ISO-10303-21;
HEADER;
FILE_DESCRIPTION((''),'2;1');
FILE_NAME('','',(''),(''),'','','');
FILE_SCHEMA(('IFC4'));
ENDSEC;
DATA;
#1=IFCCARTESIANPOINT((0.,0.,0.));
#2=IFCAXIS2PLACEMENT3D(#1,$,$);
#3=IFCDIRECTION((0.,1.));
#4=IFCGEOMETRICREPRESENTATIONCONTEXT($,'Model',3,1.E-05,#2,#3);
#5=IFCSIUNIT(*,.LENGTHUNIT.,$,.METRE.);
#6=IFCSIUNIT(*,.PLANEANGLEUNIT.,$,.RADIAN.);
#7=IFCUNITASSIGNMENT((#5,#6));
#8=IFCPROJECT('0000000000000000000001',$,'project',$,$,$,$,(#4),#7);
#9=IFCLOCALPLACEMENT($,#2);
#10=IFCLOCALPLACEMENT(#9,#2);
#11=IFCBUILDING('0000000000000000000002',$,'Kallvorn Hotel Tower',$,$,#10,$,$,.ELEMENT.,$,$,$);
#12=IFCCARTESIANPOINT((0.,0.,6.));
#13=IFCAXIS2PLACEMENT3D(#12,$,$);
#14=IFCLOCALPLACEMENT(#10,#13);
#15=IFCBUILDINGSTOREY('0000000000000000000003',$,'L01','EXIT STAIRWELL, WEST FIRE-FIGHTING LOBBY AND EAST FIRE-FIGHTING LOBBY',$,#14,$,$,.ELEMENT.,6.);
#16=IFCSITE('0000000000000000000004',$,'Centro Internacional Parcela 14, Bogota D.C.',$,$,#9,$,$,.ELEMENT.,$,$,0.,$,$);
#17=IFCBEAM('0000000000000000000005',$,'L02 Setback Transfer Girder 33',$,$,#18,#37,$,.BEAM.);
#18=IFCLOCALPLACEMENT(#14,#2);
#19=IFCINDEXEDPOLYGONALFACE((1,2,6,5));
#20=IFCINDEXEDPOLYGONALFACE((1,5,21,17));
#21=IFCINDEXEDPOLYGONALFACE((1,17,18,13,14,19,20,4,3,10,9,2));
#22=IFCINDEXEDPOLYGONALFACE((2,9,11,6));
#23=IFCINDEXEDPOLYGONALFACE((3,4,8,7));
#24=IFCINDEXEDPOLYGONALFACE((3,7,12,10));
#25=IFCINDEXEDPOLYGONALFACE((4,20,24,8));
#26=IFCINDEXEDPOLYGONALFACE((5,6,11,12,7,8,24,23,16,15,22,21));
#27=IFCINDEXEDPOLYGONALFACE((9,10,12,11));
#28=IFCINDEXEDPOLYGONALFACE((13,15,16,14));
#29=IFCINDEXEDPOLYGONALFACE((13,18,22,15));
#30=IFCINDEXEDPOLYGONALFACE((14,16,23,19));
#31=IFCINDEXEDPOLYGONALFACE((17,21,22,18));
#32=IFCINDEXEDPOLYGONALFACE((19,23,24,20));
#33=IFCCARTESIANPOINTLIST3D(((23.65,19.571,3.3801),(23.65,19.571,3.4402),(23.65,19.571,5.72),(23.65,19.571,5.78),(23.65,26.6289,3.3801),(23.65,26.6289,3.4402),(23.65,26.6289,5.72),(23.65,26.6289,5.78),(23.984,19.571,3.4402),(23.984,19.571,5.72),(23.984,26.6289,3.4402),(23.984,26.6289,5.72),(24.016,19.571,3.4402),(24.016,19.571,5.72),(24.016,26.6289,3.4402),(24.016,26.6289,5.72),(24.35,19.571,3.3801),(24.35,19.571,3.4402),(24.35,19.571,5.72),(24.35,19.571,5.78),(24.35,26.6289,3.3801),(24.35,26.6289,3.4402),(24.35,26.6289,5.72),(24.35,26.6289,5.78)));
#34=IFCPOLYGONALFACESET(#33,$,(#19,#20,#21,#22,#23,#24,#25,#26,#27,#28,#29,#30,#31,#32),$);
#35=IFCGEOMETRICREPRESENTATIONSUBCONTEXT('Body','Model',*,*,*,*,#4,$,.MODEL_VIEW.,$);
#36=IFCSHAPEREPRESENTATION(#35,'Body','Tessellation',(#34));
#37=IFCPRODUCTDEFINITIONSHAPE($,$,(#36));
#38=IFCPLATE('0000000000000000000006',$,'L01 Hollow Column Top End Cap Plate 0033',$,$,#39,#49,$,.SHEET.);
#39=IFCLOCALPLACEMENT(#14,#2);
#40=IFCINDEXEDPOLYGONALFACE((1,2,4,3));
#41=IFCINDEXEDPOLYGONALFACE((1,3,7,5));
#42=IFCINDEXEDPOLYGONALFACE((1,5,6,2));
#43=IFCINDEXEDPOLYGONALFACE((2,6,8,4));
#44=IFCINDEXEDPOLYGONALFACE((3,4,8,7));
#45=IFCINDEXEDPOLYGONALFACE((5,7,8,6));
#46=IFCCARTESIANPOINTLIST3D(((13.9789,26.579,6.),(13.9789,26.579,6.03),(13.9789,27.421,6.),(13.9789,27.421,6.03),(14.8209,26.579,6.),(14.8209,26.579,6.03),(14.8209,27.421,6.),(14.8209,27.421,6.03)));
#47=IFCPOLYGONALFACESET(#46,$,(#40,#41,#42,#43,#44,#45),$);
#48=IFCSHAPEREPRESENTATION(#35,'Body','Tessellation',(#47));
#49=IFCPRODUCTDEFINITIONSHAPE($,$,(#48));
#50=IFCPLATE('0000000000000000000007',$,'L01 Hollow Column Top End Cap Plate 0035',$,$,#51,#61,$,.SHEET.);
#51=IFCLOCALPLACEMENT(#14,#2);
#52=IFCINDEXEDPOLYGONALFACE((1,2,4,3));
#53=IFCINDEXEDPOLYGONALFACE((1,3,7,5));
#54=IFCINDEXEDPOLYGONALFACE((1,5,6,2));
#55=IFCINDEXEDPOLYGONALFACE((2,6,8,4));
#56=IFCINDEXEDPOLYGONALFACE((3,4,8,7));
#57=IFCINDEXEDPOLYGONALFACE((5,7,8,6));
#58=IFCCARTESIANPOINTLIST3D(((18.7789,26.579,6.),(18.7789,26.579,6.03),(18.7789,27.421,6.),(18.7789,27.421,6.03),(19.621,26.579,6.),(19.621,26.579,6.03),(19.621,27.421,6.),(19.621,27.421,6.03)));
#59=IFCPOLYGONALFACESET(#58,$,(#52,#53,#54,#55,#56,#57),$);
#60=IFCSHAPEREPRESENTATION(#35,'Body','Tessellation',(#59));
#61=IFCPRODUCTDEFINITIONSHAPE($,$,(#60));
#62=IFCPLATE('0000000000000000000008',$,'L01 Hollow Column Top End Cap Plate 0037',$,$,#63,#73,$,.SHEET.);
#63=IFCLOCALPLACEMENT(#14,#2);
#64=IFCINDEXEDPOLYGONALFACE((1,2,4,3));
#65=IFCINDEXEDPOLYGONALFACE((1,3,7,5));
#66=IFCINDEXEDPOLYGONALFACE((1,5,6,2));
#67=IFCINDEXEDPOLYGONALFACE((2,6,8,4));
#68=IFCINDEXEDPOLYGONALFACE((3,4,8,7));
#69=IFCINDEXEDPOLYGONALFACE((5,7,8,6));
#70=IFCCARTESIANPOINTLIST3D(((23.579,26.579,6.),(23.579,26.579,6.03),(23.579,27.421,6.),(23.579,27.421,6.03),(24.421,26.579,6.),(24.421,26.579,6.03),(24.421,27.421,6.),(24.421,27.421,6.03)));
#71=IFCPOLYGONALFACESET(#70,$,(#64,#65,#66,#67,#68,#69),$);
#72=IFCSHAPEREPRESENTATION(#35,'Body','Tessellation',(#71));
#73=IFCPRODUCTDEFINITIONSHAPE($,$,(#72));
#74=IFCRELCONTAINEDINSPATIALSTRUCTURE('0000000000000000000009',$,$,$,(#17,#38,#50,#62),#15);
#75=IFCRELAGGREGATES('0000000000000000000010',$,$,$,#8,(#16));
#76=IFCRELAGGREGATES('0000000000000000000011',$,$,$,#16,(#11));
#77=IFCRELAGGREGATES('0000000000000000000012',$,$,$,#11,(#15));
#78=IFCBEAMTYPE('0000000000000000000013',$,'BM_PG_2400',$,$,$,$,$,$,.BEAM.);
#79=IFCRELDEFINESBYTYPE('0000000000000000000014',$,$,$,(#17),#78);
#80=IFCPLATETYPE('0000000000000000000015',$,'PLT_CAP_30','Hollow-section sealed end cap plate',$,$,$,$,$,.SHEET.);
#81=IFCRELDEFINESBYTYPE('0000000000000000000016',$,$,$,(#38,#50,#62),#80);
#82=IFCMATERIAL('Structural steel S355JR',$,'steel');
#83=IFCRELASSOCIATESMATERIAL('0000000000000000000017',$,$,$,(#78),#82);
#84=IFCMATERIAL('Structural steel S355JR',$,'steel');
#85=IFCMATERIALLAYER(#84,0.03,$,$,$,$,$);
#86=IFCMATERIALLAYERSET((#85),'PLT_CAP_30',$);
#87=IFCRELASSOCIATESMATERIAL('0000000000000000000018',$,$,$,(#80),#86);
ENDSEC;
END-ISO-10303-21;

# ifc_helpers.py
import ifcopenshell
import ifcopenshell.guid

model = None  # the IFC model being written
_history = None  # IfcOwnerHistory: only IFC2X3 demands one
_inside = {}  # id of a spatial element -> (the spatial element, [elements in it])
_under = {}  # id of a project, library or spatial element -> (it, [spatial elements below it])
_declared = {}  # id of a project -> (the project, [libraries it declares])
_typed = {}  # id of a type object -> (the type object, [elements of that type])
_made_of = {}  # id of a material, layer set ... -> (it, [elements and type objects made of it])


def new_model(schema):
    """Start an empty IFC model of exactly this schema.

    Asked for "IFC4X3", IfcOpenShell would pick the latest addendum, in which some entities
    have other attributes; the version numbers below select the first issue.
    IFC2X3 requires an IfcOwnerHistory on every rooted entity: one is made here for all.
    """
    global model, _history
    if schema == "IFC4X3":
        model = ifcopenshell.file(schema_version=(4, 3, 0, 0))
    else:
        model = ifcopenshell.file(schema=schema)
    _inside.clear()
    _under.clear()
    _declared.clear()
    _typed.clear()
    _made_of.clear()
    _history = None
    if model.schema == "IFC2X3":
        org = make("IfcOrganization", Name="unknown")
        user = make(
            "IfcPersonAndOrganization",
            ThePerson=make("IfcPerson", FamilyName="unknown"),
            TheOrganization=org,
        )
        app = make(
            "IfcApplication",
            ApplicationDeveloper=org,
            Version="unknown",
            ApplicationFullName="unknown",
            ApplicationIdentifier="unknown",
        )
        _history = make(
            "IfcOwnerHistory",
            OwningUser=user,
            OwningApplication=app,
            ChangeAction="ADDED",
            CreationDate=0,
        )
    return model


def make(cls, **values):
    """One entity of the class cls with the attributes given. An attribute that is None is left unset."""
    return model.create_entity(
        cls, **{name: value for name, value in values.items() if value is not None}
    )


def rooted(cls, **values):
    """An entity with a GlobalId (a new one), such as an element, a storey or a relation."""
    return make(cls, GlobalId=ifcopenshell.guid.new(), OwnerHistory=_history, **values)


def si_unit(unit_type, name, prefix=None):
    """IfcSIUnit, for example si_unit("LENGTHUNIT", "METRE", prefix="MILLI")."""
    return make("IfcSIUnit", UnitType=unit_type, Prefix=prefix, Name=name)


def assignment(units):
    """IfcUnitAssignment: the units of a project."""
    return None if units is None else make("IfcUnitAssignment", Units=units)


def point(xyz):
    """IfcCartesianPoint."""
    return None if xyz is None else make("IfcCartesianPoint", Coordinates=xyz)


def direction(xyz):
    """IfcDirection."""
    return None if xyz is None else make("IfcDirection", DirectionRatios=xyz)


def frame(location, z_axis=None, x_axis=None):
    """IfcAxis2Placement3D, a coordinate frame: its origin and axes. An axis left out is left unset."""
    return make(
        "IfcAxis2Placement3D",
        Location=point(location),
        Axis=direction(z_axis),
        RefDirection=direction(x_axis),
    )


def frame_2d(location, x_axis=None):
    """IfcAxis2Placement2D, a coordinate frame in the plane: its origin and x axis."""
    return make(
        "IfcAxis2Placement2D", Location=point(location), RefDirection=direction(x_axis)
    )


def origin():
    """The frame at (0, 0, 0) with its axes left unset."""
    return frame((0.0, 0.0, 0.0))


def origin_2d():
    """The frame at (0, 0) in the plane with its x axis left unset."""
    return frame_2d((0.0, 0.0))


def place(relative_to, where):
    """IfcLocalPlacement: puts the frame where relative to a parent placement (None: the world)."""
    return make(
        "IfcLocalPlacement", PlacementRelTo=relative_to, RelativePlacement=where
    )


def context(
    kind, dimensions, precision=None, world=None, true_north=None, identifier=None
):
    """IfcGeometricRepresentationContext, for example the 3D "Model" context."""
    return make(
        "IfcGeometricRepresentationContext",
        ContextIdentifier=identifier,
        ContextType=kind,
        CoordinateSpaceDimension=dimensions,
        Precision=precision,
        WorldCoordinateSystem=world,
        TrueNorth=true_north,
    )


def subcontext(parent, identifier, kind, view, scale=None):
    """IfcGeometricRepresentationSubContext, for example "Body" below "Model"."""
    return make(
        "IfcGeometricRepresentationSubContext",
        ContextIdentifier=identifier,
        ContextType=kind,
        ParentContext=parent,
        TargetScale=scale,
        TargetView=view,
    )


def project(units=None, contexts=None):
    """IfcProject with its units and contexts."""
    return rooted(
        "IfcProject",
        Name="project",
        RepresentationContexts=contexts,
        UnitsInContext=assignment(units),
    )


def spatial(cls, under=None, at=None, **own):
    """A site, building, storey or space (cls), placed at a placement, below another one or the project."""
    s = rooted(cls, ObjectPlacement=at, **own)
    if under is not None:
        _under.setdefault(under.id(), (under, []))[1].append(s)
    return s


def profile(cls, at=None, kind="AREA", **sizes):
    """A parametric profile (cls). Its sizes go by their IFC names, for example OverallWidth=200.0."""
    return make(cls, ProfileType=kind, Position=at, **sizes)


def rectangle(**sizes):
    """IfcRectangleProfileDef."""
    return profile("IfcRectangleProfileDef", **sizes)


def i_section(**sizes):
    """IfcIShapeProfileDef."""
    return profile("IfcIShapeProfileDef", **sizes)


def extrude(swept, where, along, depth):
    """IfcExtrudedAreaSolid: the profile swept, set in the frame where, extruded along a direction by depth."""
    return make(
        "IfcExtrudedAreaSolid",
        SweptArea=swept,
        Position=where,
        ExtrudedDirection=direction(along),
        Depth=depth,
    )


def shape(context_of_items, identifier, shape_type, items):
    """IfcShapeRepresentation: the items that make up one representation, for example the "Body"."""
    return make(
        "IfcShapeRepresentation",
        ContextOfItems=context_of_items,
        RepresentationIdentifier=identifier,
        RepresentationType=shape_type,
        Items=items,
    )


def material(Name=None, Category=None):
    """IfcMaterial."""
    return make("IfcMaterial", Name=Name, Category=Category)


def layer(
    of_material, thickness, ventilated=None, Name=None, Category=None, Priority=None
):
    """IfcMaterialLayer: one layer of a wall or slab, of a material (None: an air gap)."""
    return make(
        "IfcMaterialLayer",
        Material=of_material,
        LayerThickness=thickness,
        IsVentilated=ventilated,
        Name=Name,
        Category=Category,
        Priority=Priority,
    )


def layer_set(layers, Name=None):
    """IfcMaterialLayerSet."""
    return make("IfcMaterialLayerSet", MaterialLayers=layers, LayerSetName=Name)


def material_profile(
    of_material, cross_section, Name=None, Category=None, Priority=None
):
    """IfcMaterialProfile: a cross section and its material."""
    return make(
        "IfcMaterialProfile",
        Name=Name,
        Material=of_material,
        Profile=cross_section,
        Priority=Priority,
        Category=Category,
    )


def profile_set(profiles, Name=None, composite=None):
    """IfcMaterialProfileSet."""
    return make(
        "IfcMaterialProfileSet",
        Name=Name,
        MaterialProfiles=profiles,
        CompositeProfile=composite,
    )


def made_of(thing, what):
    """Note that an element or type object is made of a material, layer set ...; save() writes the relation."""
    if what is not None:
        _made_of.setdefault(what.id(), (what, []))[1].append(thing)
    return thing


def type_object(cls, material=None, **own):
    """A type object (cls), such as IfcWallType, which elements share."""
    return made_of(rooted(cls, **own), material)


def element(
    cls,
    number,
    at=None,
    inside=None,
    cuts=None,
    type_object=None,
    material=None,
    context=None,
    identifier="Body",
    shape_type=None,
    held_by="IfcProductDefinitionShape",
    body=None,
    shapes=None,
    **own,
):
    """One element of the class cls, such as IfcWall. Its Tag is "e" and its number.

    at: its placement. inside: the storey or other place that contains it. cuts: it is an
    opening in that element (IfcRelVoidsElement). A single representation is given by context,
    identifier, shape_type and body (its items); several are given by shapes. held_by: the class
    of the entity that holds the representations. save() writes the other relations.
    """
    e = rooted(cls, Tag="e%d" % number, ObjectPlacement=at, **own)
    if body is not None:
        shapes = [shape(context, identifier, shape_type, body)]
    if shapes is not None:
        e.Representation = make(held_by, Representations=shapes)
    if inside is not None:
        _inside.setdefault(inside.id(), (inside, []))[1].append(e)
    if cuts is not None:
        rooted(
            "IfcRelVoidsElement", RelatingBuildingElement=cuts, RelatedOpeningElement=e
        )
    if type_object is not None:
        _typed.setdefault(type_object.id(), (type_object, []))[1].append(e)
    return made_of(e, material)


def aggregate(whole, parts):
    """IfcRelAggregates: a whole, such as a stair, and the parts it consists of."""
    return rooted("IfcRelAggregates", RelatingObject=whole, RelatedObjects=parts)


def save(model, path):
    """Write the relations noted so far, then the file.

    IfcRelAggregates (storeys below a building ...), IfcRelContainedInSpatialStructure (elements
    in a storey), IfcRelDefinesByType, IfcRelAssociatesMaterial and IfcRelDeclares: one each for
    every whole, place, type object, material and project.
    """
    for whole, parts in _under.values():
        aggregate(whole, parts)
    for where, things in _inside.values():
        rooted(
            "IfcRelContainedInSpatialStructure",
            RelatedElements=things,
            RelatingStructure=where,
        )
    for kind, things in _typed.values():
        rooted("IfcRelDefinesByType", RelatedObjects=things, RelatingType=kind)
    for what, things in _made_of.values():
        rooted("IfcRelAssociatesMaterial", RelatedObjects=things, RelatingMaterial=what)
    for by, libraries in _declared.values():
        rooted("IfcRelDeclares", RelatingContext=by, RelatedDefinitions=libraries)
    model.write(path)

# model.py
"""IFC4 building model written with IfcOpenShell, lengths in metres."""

from ifc_helpers import new_model, si_unit, direction, frame, origin, origin_2d, place, context, subcontext, project, spatial, rectangle, i_section, extrude, material, layer, layer_set, material_profile, profile_set, type_object, element, save


model = new_model("IFC4")

# Units and contexts
model_context = context("Model", 3, precision=1e-05, world=origin(), true_north=direction((0.0, 1.0)))
body_context = subcontext(model_context, "Body", "Model", "MODEL_VIEW")
ifc_project = project(units=[si_unit("LENGTHUNIT", "METRE"), si_unit("PLANEANGLEUNIT", "RADIAN")], contexts=[model_context])

# Site, building, storey
site_placement = place(None, origin())
site = spatial("IfcSite", under=ifc_project, at=site_placement, Name="Centro Internacional Parcela 14, Bogota D.C.", CompositionType="ELEMENT", RefElevation=0.0)
building_placement = place(site_placement, origin())
building = spatial("IfcBuilding", under=site, at=building_placement, Name="Kallvorn Hotel Tower", CompositionType="ELEMENT")
storey_placement = place(building_placement, frame((0.0, 0.0, 6.0)))
storey = spatial("IfcBuildingStorey", under=building, at=storey_placement, Name="L01", Description="EXIT STAIRWELL, WEST FIRE-FIGHTING LOBBY AND EAST FIRE-FIGHTING LOBBY", CompositionType="ELEMENT", Elevation=6.0)

# Beam
ifc_material_1 = material(Name="Structural steel S355JR", Category="steel")
ifc_material_profile_1 = material_profile(ifc_material_1, i_section(OverallWidth=0.7, OverallDepth=2.3999, WebThickness=0.032, FlangeThickness=0.0601, at=origin_2d()), Name="PG 2400x700x32x60")
ifc_profile_set_1 = profile_set([ifc_material_profile_1], Name="Structural steel S355JR")
beam_type_1 = type_object("IfcBeamType", Name="BM_PG_2400", PredefinedType="BEAM", material=ifc_profile_set_1)
for number, where, z_axis, x_axis, name in (
    (1, (24.0, 19.571, 4.5801), (0.0, 1.0, 0.0), (-1.0, 0.0, 0.0), "L02 Setback Transfer Girder 33"),
):
    element("IfcBeam", number, at=place(storey_placement, frame(where, z_axis=z_axis, x_axis=x_axis)), inside=storey, type_object=beam_type_1, Name=name, PredefinedType="BEAM", context=body_context, shape_type="SweptSolid", body=[
        extrude(i_section(OverallWidth=0.7, OverallDepth=2.3999, WebThickness=0.032, FlangeThickness=0.0601, at=origin_2d()), origin(), (0.0, 0.0, 1.0), 7.0579),
    ])

# Plates
ifc_material_2 = material(Name="Structural steel S355JR", Category="steel")
ifc_layer = layer(ifc_material_2, 0.03)
ifc_layer_set = layer_set([ifc_layer], Name="PLT_CAP_30")
plate_type = type_object("IfcPlateType", Name="PLT_CAP_30", Description="Hollow-section sealed end cap plate", PredefinedType="SHEET", material=ifc_layer_set)
for number, where, z_axis, x_axis, name in (
    (2, (14.3999, 27.0, 6.0), (0.0, 0.0, 1.0), (1.0, 0.0, 0.0), "L01 Hollow Column Top End Cap Plate 0033"),
    (3, (19.2, 27.0, 6.0), (0.0, 0.0, 1.0), (1.0, 0.0, 0.0), "L01 Hollow Column Top End Cap Plate 0035"),
    (4, (24.0, 27.0, 6.0), (0.0, 0.0, 1.0), (1.0, 0.0, 0.0), "L01 Hollow Column Top End Cap Plate 0037"),
):
    element("IfcPlate", number, at=place(storey_placement, frame(where, z_axis=z_axis, x_axis=x_axis)), inside=storey, type_object=plate_type, Name=name, PredefinedType="SHEET", context=body_context, shape_type="SweptSolid", body=[
        extrude(rectangle(XDim=0.842, YDim=0.842, at=origin_2d()), origin(), (0.0, 0.0, 1.0), 0.03),
    ])

save(model, "model.ifc")
